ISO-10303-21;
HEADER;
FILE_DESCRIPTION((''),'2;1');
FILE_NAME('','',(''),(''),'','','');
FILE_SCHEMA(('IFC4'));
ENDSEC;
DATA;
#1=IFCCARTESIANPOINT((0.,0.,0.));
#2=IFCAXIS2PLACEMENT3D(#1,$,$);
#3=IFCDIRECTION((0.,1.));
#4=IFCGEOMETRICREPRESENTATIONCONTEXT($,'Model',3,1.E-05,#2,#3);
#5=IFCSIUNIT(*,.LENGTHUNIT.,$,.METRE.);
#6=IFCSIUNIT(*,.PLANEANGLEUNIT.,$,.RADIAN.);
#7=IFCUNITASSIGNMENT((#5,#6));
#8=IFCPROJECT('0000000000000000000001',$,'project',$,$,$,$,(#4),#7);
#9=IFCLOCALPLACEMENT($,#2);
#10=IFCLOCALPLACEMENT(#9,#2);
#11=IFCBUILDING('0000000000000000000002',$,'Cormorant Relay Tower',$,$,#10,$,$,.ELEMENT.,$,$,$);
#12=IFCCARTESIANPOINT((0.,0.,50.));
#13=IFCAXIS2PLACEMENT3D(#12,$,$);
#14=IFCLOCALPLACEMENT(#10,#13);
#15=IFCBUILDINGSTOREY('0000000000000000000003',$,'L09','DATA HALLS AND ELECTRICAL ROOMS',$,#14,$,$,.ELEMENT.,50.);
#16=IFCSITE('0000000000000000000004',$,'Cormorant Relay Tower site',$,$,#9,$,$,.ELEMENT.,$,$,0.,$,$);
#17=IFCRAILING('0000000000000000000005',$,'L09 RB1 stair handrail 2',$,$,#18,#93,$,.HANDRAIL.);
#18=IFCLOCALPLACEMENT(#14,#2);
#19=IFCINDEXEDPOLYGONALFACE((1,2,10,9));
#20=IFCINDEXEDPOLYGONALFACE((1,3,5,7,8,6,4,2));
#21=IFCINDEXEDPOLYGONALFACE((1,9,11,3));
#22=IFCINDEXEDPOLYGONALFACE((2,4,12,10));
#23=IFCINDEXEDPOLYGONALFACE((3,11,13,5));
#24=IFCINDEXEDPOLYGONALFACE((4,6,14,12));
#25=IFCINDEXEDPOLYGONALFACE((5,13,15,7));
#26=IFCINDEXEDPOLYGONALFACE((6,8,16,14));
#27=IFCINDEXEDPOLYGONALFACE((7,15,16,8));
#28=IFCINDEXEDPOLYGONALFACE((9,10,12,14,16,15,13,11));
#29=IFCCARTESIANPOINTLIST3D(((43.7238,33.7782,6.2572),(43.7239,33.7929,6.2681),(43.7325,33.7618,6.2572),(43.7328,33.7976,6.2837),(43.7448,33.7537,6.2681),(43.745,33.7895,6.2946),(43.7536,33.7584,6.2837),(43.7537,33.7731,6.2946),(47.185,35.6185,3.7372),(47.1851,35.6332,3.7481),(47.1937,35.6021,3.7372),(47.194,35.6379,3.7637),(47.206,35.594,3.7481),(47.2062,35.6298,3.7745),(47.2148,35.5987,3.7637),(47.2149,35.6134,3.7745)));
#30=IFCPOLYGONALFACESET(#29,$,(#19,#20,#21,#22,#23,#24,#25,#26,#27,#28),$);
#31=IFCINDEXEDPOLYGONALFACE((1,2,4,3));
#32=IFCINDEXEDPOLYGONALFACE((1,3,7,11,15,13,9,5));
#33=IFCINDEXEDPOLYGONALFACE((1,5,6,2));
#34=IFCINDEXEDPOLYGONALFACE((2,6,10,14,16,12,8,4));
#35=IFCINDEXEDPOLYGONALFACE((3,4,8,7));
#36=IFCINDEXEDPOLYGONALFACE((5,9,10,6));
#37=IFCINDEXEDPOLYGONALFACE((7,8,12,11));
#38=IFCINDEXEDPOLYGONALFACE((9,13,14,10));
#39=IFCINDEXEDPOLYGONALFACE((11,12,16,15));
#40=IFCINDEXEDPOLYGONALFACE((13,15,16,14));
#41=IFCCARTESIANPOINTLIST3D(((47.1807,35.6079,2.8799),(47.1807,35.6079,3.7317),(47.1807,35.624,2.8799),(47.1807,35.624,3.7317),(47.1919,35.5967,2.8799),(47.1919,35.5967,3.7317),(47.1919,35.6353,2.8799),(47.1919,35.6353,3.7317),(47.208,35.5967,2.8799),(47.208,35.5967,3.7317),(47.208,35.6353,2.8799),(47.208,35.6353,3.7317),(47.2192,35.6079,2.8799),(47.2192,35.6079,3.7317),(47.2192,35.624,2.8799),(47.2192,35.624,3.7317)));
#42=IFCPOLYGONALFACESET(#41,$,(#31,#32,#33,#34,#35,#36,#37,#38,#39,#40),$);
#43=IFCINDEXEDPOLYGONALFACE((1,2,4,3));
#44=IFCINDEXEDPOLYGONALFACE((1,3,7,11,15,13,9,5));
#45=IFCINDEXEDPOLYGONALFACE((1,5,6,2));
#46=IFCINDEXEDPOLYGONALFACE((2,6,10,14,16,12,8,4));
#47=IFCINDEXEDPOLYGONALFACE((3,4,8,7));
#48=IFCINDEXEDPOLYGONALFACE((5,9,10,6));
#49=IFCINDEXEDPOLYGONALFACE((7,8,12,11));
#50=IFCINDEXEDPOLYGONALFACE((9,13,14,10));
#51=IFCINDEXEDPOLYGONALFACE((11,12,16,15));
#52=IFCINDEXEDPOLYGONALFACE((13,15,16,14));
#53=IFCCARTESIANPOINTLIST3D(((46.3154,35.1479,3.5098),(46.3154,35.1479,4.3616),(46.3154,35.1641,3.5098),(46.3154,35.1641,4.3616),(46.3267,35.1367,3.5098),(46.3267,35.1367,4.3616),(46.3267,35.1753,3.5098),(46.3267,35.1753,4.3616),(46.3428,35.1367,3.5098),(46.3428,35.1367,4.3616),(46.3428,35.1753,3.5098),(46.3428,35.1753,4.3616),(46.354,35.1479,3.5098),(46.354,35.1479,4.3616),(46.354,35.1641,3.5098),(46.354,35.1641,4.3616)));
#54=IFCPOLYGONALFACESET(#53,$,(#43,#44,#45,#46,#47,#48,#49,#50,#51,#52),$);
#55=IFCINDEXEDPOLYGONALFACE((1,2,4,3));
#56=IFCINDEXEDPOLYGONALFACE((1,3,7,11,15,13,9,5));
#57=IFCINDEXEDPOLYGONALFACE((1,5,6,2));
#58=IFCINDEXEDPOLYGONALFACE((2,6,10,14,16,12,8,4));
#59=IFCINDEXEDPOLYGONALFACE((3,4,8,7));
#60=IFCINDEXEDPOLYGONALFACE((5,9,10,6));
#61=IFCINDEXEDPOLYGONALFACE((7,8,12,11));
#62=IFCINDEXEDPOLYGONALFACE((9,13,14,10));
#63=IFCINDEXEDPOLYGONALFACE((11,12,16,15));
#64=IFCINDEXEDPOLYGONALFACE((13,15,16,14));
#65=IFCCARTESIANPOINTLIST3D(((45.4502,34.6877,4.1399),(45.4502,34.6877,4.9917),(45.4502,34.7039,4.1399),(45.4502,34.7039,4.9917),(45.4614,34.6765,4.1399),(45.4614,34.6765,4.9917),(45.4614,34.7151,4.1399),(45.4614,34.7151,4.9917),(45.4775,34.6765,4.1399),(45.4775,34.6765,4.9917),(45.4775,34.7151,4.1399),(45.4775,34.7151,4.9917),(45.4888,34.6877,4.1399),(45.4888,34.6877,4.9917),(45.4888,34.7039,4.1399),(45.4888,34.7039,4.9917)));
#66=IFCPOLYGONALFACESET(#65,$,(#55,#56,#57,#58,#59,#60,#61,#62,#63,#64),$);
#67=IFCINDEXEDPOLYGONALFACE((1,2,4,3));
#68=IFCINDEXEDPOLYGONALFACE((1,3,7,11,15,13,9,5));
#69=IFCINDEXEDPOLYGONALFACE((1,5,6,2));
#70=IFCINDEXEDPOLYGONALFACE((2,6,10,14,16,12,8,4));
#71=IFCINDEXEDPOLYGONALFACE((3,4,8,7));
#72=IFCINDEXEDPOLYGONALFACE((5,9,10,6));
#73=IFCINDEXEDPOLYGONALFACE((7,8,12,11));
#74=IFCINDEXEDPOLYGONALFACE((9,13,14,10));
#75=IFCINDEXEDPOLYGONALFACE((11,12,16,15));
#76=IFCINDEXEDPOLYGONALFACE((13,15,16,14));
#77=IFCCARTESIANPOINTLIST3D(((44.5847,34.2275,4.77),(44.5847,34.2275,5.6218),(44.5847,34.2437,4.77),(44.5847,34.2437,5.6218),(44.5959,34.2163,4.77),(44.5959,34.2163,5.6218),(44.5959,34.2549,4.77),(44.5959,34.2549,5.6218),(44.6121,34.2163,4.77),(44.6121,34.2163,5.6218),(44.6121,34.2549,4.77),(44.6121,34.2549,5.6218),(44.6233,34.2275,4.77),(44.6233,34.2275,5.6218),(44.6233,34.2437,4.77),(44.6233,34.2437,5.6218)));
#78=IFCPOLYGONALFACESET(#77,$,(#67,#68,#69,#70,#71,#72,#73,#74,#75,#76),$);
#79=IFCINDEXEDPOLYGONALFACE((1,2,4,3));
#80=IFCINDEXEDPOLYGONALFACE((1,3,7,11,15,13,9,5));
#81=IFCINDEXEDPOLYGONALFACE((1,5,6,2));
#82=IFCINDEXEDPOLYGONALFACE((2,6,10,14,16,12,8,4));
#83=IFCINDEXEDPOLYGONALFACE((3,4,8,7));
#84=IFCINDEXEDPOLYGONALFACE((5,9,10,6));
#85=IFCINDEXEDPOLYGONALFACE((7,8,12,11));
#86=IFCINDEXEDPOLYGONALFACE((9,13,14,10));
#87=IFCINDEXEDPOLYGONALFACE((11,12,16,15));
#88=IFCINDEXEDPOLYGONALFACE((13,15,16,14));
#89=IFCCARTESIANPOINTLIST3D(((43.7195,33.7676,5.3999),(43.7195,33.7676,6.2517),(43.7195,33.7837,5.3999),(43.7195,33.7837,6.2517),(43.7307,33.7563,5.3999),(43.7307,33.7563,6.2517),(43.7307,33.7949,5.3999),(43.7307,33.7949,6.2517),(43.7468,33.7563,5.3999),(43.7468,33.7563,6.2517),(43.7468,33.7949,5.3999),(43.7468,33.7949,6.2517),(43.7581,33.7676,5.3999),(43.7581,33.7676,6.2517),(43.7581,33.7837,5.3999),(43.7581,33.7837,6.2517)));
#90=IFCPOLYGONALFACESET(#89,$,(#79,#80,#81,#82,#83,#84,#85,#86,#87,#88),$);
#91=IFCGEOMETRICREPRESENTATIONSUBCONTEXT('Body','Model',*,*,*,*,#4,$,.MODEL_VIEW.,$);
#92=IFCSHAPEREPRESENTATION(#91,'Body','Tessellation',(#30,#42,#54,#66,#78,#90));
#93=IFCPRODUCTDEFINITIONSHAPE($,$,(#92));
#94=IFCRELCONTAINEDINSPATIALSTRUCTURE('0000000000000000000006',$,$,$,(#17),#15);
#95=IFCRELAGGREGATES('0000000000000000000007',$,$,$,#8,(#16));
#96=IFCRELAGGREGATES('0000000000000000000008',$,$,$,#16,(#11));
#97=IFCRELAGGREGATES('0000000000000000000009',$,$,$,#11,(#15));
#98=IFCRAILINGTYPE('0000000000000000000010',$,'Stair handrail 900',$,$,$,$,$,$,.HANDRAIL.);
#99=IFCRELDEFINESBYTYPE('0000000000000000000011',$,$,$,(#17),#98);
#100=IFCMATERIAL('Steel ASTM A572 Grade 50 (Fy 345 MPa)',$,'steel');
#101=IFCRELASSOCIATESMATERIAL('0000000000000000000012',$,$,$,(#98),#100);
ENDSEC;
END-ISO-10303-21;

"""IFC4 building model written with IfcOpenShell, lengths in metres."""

from ifc_helpers import new_model, si_unit, direction, frame, origin, place, context, subcontext, project, spatial, polyline, outline, extrude, material, type_object, element, save


model = new_model("IFC4")

# Units and contexts
model_context = context("Model", 3, precision=1e-05, world=origin(), true_north=direction((0.0, 1.0)))
body_context = subcontext(model_context, "Body", "Model", "MODEL_VIEW")
ifc_project = project(units=[si_unit("LENGTHUNIT", "METRE"), si_unit("PLANEANGLEUNIT", "RADIAN")], contexts=[model_context])

# Site, building, storey
site_placement = place(None, origin())
site = spatial("IfcSite", under=ifc_project, at=site_placement, Name="Cormorant Relay Tower site", CompositionType="ELEMENT", RefElevation=0.0)
building_placement = place(site_placement, origin())
building = spatial("IfcBuilding", under=site, at=building_placement, Name="Cormorant Relay Tower", CompositionType="ELEMENT")
storey_placement = place(building_placement, frame((0.0, 0.0, 50.0)))
storey = spatial("IfcBuildingStorey", under=building, at=storey_placement, Name="L09", Description="DATA HALLS AND ELECTRICAL ROOMS", CompositionType="ELEMENT", Elevation=50.0)

# Railing
ifc_material_1 = material(Name="Steel ASTM A572 Grade 50 (Fy 345 MPa)", Category="steel")
railing_type_1 = type_object("IfcRailingType", Name="Stair handrail 900", PredefinedType="HANDRAIL", material=ifc_material_1)
railing_1_placement = place(storey_placement, frame((47.2, 35.616, 2.8799)))
element("IfcRailing", 1, at=railing_1_placement, inside=storey, type_object=railing_type_1, Name="L09 RB1 stair handrail 2", PredefinedType="HANDRAIL", context=body_context, shape_type="SweptSolid", body=[
    extrude(outline(polyline([(0.0222, 0.0093), (0.0093, 0.0222), (-0.0093, 0.0222), (-0.0222, 0.0093), (-0.0222, -0.0093), (-0.0093, -0.0222), (0.0093, -0.0222), (0.0222, -0.0093), (0.0222, 0.0093)])), frame((0.0, 0.0, 0.876), z_axis=(-0.742717, -0.394907, 0.540758), x_axis=(0.469469, -0.882949, 0.0)), (0.0, 0.0, 1.0), 4.6602),
    extrude(outline(polyline([(0.0193, 0.0081), (0.0081, 0.0193), (-0.0081, 0.0193), (-0.0193, 0.0081), (-0.0193, -0.0081), (-0.0081, -0.0193), (0.0081, -0.0193), (0.0193, -0.0081), (0.0193, 0.0081)])), origin(), (0.0, 0.0, 1.0), 0.8518),
    extrude(outline(polyline([(0.0193, 0.0081), (0.0081, 0.0193), (-0.0081, 0.0193), (-0.0193, 0.0081), (-0.0193, -0.0081), (-0.0081, -0.0193), (0.0081, -0.0193), (0.0193, -0.0081), (0.0193, 0.0081)])), frame((-0.8652, -0.46, 0.6299)), (0.0, 0.0, 1.0), 0.8518),
    extrude(outline(polyline([(0.0193, 0.0081), (0.0081, 0.0193), (-0.0081, 0.0193), (-0.0193, 0.0081), (-0.0193, -0.0081), (-0.0081, -0.0193), (0.0081, -0.0193), (0.0193, -0.0081), (0.0193, 0.0081)])), frame((-1.7305, -0.9202, 1.26)), (0.0, 0.0, 1.0), 0.8518),
    extrude(outline(polyline([(0.0193, 0.0081), (0.0081, 0.0193), (-0.0081, 0.0193), (-0.0193, 0.0081), (-0.0193, -0.0081), (-0.0081, -0.0193), (0.0081, -0.0193), (0.0193, -0.0081), (0.0193, 0.0081)])), frame((-2.5959, -1.3804, 1.8901)), (0.0, 0.0, 1.0), 0.8518),
    extrude(outline(polyline([(0.0193, 0.0081), (0.0081, 0.0193), (-0.0081, 0.0193), (-0.0193, 0.0081), (-0.0193, -0.0081), (-0.0081, -0.0193), (0.0081, -0.0193), (0.0193, -0.0081), (0.0193, 0.0081)])), frame((-3.4612, -1.8403, 2.52)), (0.0, 0.0, 1.0), 0.8518),
])

save(model, "model.ifc")
